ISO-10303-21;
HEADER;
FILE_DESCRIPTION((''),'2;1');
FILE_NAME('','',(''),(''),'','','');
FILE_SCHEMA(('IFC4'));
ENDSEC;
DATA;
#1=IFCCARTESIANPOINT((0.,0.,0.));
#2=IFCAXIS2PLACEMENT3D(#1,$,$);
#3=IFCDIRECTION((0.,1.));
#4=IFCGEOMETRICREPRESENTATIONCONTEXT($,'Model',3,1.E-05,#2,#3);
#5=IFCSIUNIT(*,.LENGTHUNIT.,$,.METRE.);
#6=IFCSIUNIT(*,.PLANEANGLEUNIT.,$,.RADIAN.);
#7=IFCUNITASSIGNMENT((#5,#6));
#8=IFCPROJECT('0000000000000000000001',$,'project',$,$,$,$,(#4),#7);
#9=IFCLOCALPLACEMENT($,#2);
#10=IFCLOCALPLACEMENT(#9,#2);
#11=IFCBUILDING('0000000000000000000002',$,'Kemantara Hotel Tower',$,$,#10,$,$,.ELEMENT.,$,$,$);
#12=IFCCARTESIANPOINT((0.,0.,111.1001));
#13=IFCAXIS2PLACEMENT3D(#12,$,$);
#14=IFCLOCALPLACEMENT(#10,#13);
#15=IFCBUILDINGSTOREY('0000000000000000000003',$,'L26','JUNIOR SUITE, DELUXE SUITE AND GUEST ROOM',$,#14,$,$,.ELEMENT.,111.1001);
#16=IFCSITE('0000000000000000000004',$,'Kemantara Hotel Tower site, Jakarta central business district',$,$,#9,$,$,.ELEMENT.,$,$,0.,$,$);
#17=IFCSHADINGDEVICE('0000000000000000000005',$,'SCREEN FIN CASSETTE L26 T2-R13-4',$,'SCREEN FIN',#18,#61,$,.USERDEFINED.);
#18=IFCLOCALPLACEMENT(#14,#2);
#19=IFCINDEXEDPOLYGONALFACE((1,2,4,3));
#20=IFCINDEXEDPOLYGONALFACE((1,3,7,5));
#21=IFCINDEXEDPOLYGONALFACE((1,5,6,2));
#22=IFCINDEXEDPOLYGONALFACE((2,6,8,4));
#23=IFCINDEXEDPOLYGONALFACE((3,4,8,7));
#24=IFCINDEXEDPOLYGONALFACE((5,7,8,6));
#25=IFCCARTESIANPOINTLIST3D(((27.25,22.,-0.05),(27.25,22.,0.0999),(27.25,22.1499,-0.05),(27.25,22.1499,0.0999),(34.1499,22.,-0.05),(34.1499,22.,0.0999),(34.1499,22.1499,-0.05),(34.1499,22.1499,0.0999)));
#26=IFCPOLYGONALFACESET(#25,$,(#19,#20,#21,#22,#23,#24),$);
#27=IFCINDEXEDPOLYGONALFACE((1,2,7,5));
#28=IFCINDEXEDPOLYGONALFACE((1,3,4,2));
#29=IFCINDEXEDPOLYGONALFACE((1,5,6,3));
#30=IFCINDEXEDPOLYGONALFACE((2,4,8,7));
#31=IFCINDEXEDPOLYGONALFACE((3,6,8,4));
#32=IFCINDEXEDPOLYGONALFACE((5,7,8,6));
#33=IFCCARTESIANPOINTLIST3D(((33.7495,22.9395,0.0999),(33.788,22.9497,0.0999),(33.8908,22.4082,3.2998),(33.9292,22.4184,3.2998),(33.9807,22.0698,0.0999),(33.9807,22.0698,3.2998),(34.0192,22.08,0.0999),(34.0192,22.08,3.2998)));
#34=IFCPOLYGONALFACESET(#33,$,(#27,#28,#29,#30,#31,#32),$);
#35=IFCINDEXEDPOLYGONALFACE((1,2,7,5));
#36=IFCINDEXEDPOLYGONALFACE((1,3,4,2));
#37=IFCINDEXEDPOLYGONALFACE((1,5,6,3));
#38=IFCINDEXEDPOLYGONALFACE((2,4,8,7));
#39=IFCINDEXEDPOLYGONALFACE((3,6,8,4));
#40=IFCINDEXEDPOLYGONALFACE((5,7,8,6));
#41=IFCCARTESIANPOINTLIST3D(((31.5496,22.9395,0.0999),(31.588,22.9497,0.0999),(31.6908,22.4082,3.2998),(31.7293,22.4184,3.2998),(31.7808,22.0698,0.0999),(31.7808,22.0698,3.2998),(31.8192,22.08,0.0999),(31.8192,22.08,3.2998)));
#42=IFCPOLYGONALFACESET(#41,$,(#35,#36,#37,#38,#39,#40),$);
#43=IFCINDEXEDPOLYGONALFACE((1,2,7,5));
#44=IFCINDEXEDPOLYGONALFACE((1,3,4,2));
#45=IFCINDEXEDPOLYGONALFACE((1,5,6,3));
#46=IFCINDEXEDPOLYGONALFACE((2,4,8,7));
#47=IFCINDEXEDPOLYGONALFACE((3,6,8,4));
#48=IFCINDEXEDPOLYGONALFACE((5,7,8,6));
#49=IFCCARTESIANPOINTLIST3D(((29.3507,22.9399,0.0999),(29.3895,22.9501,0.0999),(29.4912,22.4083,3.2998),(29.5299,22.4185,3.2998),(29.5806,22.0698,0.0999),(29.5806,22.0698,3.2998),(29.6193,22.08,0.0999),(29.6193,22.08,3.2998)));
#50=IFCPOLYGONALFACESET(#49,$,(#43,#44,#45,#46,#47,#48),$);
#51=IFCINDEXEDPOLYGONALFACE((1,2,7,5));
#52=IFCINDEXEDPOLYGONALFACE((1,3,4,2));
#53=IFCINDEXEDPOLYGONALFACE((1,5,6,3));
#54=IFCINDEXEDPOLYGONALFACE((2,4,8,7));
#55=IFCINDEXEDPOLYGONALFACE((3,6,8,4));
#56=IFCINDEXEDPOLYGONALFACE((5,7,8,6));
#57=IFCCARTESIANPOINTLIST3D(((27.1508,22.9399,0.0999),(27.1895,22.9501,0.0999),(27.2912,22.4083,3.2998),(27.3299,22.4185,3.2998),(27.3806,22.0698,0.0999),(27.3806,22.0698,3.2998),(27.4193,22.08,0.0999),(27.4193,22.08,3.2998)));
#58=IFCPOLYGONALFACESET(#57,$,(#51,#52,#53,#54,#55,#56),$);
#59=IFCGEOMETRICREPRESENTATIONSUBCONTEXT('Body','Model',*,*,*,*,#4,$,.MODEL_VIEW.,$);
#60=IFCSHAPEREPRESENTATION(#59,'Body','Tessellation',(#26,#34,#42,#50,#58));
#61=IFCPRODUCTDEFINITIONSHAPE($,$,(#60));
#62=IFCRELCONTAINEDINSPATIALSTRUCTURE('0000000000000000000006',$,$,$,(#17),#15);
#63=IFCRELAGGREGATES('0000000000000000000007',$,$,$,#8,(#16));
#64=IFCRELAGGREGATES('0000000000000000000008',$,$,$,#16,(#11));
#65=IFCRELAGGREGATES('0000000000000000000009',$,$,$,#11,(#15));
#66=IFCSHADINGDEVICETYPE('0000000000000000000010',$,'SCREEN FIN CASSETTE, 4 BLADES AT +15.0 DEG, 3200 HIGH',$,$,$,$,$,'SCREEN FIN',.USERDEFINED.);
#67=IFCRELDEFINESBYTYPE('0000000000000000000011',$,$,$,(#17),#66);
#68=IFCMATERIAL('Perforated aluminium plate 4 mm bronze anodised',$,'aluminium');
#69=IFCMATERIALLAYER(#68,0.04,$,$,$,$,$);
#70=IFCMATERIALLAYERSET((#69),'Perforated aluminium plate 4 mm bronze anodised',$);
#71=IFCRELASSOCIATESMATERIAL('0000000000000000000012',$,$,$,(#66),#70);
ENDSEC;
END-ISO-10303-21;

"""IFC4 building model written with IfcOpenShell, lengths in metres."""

from ifc_helpers import new_model, si_unit, direction, frame, origin, origin_2d, place, context, subcontext, project, spatial, polyline, rectangle, outline, extrude, source, transform, mapped, material, layer, layer_set, type_object, element, save


model = new_model("IFC4")

# Units and contexts
model_context = context("Model", 3, precision=1e-05, world=origin(), true_north=direction((0.0, 1.0)))
body_context = subcontext(model_context, "Body", "Model", "MODEL_VIEW")
ifc_project = project(units=[si_unit("LENGTHUNIT", "METRE"), si_unit("PLANEANGLEUNIT", "RADIAN")], contexts=[model_context])

# Site, building, storey
site_placement = place(None, origin())
site = spatial("IfcSite", under=ifc_project, at=site_placement, Name="Kemantara Hotel Tower site, Jakarta central business district", CompositionType="ELEMENT", RefElevation=0.0)
building_placement = place(site_placement, origin())
building = spatial("IfcBuilding", under=site, at=building_placement, Name="Kemantara Hotel Tower", CompositionType="ELEMENT")
storey_placement = place(building_placement, frame((0.0, 0.0, 111.1001)))
storey = spatial("IfcBuildingStorey", under=building, at=storey_placement, Name="L26", Description="JUNIOR SUITE, DELUXE SUITE AND GUEST ROOM", CompositionType="ELEMENT", Elevation=111.1001)

# Shading device
ifc_material_1 = material(Name="Perforated aluminium plate 4 mm bronze anodised", Category="aluminium")
ifc_layer_1 = layer(ifc_material_1, 0.04)
ifc_layer_set_1 = layer_set([ifc_layer_1], Name="Perforated aluminium plate 4 mm bronze anodised")
shading_device_type = type_object("IfcShadingDeviceType", Name="SCREEN FIN CASSETTE, 4 BLADES AT +15.0 DEG, 3200 HIGH", ElementType="SCREEN FIN", PredefinedType="USERDEFINED", material=ifc_layer_set_1)
shared_shape_1 = source(origin(), body_context, "Body", "SweptSolid", [
    extrude(rectangle(XDim=6.8999, YDim=0.1499, at=origin_2d()), frame((3.3, -0.075, -0.1499), z_axis=(0.0, 0.0, 1.0), x_axis=(1.0, 0.0, 0.0)), (0.0, 0.0, 1.0), 0.1499),
    extrude(outline(polyline([(0.0, 0.0), (0.8999, 0.0), (0.3501, 3.2), (0.0, 3.2), (0.0, 0.0)])), frame((0.0193, -0.0698, 0.0), z_axis=(-0.966438, -0.256901, 0.0), x_axis=(0.256901, -0.966438, 0.0)), (0.0, 0.0, 1.0), 0.0398),
    extrude(outline(polyline([(0.0, 0.0), (0.8999, 0.0), (0.3501, 3.2), (0.0, 3.2), (0.0, 0.0)])), frame((2.2192, -0.0698, 0.0), z_axis=(-0.966438, -0.256901, 0.0), x_axis=(0.256901, -0.966438, 0.0)), (0.0, 0.0, 1.0), 0.0398),
    extrude(outline(polyline([(0.0, 0.0), (0.8999, 0.0), (0.3501, 3.2), (0.0, 3.2), (0.0, 0.0)])), frame((4.4194, -0.0698, 0.0), z_axis=(-0.966838, -0.255391, 0.0), x_axis=(0.255391, -0.966838, 0.0)), (0.0, 0.0, 1.0), 0.04),
    extrude(outline(polyline([(0.0, 0.0), (0.8999, 0.0), (0.3501, 3.2), (0.0, 3.2), (0.0, 0.0)])), frame((6.6194, -0.0698, 0.0), z_axis=(-0.966838, -0.255391, 0.0), x_axis=(0.255391, -0.966838, 0.0)), (0.0, 0.0, 1.0), 0.04),
])
shading_device_placement = place(storey_placement, frame((34.0, 22.0, 0.0999), z_axis=(0.0, 0.0, 1.0), x_axis=(-1.0, 0.0, 0.0)))
element("IfcShadingDevice", 1, at=shading_device_placement, inside=storey, type_object=shading_device_type, Name="SCREEN FIN CASSETTE L26 T2-R13-4", ObjectType="SCREEN FIN", PredefinedType="USERDEFINED", context=body_context, shape_type="MappedRepresentation", body=[
    mapped(shared_shape_1, transform((0.0, 0.0, 0.0))),
])

save(model, "model.ifc")
